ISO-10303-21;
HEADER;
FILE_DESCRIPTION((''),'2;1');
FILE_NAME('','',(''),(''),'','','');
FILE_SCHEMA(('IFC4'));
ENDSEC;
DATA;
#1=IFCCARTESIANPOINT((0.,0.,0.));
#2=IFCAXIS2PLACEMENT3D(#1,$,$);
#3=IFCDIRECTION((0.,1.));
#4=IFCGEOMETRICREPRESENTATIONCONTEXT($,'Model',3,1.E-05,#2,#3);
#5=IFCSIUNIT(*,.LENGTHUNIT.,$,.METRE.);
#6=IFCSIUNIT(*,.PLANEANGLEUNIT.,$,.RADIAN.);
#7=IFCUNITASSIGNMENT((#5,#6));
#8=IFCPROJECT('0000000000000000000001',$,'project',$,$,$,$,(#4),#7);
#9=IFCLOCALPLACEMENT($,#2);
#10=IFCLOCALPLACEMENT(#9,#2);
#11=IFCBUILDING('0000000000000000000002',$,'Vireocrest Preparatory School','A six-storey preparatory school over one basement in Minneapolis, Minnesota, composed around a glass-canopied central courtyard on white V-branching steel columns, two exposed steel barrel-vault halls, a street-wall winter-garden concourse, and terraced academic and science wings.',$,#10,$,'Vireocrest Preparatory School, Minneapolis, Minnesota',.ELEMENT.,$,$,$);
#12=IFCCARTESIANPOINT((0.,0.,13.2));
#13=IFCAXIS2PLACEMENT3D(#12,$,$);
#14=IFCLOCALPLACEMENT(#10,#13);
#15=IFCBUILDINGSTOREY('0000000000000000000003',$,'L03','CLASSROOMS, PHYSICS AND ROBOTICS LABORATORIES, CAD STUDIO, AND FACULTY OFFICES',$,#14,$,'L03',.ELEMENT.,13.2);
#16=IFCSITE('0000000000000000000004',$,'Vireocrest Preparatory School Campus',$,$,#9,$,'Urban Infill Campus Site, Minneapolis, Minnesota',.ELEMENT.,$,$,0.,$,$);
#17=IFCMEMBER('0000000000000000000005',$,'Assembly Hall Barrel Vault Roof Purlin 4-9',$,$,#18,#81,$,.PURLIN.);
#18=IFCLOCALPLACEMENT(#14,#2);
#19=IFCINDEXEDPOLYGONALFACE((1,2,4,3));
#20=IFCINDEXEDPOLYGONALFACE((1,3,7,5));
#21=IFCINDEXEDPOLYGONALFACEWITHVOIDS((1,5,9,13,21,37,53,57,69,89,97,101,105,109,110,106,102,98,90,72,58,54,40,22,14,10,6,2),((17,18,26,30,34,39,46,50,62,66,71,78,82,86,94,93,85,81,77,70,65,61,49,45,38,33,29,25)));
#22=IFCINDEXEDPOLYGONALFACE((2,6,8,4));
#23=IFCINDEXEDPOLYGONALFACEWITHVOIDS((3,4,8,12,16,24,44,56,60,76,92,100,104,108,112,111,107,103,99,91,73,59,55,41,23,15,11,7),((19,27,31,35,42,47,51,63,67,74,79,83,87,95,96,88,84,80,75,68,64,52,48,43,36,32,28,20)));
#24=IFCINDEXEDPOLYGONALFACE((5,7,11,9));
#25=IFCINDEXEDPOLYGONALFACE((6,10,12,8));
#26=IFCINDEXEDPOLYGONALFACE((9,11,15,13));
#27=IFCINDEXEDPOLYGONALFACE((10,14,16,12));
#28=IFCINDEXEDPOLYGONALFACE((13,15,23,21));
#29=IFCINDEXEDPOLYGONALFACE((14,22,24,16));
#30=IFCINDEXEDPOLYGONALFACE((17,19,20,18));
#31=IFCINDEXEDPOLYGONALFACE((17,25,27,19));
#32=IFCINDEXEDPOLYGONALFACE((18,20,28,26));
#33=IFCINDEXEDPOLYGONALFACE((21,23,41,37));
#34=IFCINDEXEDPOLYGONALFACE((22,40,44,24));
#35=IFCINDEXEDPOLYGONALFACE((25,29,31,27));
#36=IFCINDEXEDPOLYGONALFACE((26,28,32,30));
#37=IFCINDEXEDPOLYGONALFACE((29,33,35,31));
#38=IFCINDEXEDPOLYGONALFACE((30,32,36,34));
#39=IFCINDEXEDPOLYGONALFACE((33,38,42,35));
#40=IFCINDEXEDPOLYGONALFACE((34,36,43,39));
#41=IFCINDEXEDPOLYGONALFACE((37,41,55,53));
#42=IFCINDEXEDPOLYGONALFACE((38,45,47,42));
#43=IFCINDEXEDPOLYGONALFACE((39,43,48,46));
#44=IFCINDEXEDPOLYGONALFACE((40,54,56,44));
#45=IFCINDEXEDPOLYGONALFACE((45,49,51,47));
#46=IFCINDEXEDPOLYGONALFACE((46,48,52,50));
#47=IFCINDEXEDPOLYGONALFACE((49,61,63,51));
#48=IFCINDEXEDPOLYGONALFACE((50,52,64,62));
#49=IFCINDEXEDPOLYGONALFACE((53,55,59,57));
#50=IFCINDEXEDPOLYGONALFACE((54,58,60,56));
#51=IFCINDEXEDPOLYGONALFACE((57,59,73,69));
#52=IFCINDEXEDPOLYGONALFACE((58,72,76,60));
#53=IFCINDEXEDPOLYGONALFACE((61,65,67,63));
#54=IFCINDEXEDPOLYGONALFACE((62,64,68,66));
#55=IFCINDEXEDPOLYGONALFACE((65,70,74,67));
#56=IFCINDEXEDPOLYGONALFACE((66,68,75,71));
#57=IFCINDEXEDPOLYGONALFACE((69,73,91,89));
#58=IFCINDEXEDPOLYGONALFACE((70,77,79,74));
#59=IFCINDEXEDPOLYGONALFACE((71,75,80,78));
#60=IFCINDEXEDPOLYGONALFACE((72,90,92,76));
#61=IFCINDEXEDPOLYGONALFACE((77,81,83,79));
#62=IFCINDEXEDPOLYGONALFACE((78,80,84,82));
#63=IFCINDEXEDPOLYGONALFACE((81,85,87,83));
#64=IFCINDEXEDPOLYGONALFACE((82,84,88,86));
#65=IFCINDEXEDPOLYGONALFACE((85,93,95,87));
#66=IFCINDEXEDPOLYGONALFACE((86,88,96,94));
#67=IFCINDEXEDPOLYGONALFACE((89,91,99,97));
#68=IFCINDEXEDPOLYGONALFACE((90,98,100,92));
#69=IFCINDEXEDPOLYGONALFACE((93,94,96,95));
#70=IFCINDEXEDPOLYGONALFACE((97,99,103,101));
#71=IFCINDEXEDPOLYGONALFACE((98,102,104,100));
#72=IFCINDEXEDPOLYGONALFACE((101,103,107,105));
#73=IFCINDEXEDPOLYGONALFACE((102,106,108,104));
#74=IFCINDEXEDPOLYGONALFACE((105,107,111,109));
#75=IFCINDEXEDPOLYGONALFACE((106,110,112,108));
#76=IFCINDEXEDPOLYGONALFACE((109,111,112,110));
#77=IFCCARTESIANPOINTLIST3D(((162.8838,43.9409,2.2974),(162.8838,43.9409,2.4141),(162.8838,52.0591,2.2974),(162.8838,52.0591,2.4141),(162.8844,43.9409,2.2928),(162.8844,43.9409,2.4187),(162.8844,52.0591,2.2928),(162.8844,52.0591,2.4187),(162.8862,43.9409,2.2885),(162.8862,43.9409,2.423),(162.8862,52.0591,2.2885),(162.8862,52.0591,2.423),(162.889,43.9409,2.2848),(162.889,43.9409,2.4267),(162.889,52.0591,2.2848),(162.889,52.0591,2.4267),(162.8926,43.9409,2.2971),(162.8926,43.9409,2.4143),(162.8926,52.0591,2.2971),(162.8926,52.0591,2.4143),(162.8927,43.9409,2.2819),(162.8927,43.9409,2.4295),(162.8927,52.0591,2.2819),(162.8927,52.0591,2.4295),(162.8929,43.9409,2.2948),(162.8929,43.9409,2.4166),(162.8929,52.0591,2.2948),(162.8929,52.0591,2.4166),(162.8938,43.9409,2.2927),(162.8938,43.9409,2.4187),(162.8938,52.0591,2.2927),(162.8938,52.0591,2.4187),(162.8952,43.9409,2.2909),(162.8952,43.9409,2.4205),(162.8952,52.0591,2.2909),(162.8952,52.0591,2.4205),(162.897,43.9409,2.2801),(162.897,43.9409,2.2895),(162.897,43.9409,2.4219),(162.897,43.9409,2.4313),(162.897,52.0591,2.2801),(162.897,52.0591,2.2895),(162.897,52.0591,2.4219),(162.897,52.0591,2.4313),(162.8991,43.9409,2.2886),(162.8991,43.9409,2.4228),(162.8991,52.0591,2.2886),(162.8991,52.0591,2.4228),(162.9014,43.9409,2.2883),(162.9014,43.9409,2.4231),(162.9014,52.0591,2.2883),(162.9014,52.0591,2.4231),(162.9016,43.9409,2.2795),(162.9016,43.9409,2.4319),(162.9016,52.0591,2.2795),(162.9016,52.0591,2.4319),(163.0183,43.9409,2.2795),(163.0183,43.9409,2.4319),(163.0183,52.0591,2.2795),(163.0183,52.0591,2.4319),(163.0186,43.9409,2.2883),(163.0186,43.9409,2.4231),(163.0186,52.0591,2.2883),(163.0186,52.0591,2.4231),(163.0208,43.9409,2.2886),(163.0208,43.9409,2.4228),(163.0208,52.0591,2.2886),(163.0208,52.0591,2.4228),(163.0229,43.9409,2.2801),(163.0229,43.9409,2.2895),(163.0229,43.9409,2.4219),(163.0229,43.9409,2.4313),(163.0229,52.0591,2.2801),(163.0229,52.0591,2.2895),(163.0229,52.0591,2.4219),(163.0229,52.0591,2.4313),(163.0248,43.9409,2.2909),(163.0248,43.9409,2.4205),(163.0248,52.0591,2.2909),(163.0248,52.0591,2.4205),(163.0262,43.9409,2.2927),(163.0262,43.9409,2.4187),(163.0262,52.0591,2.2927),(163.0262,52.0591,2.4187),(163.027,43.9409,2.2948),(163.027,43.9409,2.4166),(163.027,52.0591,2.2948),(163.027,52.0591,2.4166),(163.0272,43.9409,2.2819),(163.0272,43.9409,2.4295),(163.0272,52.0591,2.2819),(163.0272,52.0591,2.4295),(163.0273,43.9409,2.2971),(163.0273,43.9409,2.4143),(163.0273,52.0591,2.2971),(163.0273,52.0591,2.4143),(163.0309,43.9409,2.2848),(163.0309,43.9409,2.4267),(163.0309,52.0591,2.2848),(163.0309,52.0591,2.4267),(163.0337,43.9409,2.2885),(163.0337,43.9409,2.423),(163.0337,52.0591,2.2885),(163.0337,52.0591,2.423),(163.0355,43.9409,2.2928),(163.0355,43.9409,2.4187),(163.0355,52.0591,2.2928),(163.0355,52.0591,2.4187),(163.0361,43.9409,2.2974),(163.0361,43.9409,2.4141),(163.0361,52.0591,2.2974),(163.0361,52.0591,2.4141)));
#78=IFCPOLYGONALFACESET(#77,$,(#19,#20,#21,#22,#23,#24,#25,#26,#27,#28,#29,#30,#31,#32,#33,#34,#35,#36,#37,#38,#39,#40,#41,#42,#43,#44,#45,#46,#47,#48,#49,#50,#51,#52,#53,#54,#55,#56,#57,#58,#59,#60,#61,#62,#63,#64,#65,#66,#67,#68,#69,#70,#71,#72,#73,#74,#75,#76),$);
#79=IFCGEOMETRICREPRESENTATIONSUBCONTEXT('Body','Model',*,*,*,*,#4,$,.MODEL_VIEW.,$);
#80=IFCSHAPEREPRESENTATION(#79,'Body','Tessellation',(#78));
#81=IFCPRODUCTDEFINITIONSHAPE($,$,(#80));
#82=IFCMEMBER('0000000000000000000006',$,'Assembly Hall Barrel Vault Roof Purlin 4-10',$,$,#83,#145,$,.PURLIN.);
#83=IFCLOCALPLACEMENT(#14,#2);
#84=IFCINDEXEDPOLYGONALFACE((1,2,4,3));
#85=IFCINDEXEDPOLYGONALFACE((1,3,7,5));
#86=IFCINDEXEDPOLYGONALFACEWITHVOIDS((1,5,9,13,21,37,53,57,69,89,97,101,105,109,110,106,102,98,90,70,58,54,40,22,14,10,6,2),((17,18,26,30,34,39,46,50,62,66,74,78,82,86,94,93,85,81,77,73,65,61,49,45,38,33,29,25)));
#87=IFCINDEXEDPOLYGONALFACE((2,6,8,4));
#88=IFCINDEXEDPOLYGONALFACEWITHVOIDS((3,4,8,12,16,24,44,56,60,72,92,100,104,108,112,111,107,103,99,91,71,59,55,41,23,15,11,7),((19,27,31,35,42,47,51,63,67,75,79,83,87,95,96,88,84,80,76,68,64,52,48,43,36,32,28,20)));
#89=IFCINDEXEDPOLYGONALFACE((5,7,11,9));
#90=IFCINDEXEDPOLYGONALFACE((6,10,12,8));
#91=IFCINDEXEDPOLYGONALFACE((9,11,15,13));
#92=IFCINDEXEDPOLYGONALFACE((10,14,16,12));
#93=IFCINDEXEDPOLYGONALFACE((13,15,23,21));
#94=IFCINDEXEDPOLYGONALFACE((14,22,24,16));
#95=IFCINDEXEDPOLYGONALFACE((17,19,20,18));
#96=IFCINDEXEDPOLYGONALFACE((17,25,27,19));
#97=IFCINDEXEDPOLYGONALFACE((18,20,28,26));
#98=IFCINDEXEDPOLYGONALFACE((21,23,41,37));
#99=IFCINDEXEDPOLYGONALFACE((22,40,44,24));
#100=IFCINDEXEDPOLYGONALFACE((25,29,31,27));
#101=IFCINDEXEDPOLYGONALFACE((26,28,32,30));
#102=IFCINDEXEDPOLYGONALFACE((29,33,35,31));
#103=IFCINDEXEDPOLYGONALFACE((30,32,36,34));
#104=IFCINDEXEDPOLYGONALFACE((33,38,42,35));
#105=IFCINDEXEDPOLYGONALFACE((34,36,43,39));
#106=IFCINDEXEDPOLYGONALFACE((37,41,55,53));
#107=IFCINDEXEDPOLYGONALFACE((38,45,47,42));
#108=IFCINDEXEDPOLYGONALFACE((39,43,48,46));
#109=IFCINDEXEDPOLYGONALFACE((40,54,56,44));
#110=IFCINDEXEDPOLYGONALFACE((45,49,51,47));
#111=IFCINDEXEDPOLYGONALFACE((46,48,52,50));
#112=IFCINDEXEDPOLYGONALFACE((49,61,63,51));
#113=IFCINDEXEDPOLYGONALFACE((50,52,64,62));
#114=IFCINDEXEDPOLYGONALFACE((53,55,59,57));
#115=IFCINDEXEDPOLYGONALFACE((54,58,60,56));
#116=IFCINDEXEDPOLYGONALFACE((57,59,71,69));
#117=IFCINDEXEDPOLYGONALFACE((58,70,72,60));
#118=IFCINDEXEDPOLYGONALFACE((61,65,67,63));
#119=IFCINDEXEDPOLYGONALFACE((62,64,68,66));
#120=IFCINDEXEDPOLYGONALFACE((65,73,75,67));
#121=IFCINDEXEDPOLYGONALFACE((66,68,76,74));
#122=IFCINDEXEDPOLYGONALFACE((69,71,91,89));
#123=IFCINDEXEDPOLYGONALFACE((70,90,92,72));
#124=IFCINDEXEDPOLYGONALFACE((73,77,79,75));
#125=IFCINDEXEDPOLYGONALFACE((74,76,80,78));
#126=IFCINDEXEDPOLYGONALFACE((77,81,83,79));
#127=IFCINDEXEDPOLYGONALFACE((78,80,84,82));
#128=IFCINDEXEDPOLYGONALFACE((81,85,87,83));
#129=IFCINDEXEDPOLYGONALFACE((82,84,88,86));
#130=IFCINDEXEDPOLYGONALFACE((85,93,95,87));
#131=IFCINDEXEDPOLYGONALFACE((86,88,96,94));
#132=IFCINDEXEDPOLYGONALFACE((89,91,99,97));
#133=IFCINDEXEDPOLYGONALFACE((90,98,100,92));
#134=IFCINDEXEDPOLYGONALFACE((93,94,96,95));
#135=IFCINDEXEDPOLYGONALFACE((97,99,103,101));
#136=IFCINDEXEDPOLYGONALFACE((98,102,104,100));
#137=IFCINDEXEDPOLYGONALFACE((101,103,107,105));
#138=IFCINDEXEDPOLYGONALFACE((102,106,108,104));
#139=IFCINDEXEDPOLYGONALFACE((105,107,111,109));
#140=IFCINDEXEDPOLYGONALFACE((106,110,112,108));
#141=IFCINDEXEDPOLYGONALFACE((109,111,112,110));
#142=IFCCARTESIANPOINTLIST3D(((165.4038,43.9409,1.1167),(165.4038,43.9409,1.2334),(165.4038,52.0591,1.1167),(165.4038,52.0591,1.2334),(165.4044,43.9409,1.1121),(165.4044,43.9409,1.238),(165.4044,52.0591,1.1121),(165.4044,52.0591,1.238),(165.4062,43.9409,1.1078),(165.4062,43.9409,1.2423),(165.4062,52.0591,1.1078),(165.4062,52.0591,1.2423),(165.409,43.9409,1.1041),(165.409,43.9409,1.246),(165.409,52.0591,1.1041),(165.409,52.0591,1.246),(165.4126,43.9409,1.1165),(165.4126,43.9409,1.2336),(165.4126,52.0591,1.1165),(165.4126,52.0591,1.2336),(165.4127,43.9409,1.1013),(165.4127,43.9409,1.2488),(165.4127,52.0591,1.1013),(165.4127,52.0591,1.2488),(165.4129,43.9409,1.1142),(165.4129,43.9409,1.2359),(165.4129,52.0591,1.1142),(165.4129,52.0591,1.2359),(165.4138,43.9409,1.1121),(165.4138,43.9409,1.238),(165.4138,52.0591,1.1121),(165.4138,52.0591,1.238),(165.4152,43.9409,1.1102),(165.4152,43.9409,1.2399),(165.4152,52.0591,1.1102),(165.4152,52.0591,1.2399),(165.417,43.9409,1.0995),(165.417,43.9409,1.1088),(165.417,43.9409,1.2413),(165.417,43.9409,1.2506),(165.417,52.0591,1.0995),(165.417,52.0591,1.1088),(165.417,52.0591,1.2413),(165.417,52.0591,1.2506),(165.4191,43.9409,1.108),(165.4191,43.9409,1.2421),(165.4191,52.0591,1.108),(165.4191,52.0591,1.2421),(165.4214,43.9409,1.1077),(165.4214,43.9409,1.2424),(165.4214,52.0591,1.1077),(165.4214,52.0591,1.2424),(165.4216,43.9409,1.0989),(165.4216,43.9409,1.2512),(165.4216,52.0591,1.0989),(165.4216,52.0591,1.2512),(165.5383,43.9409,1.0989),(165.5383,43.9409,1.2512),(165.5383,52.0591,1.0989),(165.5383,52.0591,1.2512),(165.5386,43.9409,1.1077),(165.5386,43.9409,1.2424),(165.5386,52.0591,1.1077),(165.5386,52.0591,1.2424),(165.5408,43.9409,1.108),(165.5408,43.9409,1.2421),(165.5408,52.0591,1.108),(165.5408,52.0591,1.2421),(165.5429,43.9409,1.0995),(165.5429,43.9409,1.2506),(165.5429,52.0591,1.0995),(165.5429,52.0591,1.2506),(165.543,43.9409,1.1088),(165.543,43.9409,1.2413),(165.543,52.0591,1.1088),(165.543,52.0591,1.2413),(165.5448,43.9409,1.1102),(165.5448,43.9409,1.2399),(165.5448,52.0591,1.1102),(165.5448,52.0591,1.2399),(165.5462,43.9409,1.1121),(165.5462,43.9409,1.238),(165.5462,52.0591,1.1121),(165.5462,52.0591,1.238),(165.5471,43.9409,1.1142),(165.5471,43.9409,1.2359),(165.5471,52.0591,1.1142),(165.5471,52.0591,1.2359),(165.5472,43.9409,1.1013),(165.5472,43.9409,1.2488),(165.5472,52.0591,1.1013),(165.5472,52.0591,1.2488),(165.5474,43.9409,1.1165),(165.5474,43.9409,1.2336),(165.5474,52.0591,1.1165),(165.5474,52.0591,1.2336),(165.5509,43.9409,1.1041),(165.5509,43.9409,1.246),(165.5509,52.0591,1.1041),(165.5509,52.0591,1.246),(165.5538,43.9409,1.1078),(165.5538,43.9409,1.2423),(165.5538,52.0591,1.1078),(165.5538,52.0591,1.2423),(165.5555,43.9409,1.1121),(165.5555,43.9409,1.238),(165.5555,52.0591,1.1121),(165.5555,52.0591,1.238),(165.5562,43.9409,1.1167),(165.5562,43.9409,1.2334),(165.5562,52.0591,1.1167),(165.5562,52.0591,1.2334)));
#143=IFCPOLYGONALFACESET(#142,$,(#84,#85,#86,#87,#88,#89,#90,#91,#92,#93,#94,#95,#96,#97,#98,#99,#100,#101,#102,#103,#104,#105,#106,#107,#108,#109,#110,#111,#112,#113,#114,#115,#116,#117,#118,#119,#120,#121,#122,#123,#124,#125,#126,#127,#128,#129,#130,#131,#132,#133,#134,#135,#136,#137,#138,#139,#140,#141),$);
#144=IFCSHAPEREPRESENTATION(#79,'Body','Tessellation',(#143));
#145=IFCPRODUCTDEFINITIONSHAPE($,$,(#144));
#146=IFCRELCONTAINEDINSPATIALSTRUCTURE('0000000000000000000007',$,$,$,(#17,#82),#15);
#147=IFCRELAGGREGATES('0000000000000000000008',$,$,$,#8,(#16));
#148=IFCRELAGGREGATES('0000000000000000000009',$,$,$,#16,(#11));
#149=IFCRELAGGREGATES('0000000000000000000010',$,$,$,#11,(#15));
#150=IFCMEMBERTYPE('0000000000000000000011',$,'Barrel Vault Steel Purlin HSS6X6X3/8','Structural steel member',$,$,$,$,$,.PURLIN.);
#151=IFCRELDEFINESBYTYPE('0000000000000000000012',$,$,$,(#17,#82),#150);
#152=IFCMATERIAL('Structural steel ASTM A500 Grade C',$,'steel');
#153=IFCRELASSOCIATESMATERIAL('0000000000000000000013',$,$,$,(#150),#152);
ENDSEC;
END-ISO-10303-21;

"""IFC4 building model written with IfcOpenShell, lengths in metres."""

from ifc_helpers import new_model, si_unit, direction, frame, origin, origin_2d, place, context, subcontext, project, spatial, hollow_rectangle, extrude, material, material_profile, profile_set, type_object, element, save


model = new_model("IFC4")

# Units and contexts
model_context = context("Model", 3, precision=1e-05, world=origin(), true_north=direction((0.0, 1.0)))
body_context = subcontext(model_context, "Body", "Model", "MODEL_VIEW")
ifc_project = project(units=[si_unit("LENGTHUNIT", "METRE"), si_unit("PLANEANGLEUNIT", "RADIAN")], contexts=[model_context])

# Site, building, storey
site_placement = place(None, origin())
site = spatial("IfcSite", under=ifc_project, at=site_placement, Name="Vireocrest Preparatory School Campus", LongName="Urban Infill Campus Site, Minneapolis, Minnesota", CompositionType="ELEMENT", RefElevation=0.0)
building_placement = place(site_placement, origin())
building = spatial("IfcBuilding", under=site, at=building_placement, Name="Vireocrest Preparatory School", Description="A six-storey preparatory school over one basement in Minneapolis, Minnesota, composed around a glass-canopied central courtyard on white V-branching steel columns, two exposed steel barrel-vault halls, a street-wall winter-garden concourse, and terraced academic and science wings.", LongName="Vireocrest Preparatory School, Minneapolis, Minnesota", CompositionType="ELEMENT")
storey_placement = place(building_placement, frame((0.0, 0.0, 13.2)))
storey = spatial("IfcBuildingStorey", under=building, at=storey_placement, Name="L03", Description="CLASSROOMS, PHYSICS AND ROBOTICS LABORATORIES, CAD STUDIO, AND FACULTY OFFICES", LongName="L03", CompositionType="ELEMENT", Elevation=13.2)

# Members
ifc_material_1 = material(Name="Structural steel ASTM A500 Grade C", Category="steel")
ifc_material_profile_1 = material_profile(ifc_material_1, hollow_rectangle(XDim=0.1523, YDim=0.1523, WallThickness=0.0088, InnerFilletRadius=0.0088, OuterFilletRadius=0.0178, at=origin_2d()), Name="HSS6X6X3/8")
ifc_profile_set_1 = profile_set([ifc_material_profile_1], Name="Structural steel ASTM A500 Grade C")
member_type_1 = type_object("IfcMemberType", Name="Barrel Vault Steel Purlin HSS6X6X3/8", Description="Structural steel member", PredefinedType="PURLIN", material=ifc_profile_set_1)
for number, where, z_axis, x_axis, name in (
    (1, (162.96, 43.9409, 2.3557), (0.0, 1.0, 0.0), (-1.0, 0.0, 0.0), "Assembly Hall Barrel Vault Roof Purlin 4-9"),
    (2, (165.48, 43.9409, 1.175), (0.0, 1.0, 0.0), (-1.0, 0.0, 0.0), "Assembly Hall Barrel Vault Roof Purlin 4-10"),
):
    element("IfcMember", number, at=place(storey_placement, frame(where, z_axis=z_axis, x_axis=x_axis)), inside=storey, type_object=member_type_1, Name=name, PredefinedType="PURLIN", context=body_context, shape_type="SweptSolid", body=[
        extrude(hollow_rectangle(XDim=0.1523, YDim=0.1523, WallThickness=0.0088, InnerFilletRadius=0.0088, OuterFilletRadius=0.0178, at=origin_2d()), origin(), (0.0, 0.0, 1.0), 8.1182),
    ])

save(model, "model.ifc")
